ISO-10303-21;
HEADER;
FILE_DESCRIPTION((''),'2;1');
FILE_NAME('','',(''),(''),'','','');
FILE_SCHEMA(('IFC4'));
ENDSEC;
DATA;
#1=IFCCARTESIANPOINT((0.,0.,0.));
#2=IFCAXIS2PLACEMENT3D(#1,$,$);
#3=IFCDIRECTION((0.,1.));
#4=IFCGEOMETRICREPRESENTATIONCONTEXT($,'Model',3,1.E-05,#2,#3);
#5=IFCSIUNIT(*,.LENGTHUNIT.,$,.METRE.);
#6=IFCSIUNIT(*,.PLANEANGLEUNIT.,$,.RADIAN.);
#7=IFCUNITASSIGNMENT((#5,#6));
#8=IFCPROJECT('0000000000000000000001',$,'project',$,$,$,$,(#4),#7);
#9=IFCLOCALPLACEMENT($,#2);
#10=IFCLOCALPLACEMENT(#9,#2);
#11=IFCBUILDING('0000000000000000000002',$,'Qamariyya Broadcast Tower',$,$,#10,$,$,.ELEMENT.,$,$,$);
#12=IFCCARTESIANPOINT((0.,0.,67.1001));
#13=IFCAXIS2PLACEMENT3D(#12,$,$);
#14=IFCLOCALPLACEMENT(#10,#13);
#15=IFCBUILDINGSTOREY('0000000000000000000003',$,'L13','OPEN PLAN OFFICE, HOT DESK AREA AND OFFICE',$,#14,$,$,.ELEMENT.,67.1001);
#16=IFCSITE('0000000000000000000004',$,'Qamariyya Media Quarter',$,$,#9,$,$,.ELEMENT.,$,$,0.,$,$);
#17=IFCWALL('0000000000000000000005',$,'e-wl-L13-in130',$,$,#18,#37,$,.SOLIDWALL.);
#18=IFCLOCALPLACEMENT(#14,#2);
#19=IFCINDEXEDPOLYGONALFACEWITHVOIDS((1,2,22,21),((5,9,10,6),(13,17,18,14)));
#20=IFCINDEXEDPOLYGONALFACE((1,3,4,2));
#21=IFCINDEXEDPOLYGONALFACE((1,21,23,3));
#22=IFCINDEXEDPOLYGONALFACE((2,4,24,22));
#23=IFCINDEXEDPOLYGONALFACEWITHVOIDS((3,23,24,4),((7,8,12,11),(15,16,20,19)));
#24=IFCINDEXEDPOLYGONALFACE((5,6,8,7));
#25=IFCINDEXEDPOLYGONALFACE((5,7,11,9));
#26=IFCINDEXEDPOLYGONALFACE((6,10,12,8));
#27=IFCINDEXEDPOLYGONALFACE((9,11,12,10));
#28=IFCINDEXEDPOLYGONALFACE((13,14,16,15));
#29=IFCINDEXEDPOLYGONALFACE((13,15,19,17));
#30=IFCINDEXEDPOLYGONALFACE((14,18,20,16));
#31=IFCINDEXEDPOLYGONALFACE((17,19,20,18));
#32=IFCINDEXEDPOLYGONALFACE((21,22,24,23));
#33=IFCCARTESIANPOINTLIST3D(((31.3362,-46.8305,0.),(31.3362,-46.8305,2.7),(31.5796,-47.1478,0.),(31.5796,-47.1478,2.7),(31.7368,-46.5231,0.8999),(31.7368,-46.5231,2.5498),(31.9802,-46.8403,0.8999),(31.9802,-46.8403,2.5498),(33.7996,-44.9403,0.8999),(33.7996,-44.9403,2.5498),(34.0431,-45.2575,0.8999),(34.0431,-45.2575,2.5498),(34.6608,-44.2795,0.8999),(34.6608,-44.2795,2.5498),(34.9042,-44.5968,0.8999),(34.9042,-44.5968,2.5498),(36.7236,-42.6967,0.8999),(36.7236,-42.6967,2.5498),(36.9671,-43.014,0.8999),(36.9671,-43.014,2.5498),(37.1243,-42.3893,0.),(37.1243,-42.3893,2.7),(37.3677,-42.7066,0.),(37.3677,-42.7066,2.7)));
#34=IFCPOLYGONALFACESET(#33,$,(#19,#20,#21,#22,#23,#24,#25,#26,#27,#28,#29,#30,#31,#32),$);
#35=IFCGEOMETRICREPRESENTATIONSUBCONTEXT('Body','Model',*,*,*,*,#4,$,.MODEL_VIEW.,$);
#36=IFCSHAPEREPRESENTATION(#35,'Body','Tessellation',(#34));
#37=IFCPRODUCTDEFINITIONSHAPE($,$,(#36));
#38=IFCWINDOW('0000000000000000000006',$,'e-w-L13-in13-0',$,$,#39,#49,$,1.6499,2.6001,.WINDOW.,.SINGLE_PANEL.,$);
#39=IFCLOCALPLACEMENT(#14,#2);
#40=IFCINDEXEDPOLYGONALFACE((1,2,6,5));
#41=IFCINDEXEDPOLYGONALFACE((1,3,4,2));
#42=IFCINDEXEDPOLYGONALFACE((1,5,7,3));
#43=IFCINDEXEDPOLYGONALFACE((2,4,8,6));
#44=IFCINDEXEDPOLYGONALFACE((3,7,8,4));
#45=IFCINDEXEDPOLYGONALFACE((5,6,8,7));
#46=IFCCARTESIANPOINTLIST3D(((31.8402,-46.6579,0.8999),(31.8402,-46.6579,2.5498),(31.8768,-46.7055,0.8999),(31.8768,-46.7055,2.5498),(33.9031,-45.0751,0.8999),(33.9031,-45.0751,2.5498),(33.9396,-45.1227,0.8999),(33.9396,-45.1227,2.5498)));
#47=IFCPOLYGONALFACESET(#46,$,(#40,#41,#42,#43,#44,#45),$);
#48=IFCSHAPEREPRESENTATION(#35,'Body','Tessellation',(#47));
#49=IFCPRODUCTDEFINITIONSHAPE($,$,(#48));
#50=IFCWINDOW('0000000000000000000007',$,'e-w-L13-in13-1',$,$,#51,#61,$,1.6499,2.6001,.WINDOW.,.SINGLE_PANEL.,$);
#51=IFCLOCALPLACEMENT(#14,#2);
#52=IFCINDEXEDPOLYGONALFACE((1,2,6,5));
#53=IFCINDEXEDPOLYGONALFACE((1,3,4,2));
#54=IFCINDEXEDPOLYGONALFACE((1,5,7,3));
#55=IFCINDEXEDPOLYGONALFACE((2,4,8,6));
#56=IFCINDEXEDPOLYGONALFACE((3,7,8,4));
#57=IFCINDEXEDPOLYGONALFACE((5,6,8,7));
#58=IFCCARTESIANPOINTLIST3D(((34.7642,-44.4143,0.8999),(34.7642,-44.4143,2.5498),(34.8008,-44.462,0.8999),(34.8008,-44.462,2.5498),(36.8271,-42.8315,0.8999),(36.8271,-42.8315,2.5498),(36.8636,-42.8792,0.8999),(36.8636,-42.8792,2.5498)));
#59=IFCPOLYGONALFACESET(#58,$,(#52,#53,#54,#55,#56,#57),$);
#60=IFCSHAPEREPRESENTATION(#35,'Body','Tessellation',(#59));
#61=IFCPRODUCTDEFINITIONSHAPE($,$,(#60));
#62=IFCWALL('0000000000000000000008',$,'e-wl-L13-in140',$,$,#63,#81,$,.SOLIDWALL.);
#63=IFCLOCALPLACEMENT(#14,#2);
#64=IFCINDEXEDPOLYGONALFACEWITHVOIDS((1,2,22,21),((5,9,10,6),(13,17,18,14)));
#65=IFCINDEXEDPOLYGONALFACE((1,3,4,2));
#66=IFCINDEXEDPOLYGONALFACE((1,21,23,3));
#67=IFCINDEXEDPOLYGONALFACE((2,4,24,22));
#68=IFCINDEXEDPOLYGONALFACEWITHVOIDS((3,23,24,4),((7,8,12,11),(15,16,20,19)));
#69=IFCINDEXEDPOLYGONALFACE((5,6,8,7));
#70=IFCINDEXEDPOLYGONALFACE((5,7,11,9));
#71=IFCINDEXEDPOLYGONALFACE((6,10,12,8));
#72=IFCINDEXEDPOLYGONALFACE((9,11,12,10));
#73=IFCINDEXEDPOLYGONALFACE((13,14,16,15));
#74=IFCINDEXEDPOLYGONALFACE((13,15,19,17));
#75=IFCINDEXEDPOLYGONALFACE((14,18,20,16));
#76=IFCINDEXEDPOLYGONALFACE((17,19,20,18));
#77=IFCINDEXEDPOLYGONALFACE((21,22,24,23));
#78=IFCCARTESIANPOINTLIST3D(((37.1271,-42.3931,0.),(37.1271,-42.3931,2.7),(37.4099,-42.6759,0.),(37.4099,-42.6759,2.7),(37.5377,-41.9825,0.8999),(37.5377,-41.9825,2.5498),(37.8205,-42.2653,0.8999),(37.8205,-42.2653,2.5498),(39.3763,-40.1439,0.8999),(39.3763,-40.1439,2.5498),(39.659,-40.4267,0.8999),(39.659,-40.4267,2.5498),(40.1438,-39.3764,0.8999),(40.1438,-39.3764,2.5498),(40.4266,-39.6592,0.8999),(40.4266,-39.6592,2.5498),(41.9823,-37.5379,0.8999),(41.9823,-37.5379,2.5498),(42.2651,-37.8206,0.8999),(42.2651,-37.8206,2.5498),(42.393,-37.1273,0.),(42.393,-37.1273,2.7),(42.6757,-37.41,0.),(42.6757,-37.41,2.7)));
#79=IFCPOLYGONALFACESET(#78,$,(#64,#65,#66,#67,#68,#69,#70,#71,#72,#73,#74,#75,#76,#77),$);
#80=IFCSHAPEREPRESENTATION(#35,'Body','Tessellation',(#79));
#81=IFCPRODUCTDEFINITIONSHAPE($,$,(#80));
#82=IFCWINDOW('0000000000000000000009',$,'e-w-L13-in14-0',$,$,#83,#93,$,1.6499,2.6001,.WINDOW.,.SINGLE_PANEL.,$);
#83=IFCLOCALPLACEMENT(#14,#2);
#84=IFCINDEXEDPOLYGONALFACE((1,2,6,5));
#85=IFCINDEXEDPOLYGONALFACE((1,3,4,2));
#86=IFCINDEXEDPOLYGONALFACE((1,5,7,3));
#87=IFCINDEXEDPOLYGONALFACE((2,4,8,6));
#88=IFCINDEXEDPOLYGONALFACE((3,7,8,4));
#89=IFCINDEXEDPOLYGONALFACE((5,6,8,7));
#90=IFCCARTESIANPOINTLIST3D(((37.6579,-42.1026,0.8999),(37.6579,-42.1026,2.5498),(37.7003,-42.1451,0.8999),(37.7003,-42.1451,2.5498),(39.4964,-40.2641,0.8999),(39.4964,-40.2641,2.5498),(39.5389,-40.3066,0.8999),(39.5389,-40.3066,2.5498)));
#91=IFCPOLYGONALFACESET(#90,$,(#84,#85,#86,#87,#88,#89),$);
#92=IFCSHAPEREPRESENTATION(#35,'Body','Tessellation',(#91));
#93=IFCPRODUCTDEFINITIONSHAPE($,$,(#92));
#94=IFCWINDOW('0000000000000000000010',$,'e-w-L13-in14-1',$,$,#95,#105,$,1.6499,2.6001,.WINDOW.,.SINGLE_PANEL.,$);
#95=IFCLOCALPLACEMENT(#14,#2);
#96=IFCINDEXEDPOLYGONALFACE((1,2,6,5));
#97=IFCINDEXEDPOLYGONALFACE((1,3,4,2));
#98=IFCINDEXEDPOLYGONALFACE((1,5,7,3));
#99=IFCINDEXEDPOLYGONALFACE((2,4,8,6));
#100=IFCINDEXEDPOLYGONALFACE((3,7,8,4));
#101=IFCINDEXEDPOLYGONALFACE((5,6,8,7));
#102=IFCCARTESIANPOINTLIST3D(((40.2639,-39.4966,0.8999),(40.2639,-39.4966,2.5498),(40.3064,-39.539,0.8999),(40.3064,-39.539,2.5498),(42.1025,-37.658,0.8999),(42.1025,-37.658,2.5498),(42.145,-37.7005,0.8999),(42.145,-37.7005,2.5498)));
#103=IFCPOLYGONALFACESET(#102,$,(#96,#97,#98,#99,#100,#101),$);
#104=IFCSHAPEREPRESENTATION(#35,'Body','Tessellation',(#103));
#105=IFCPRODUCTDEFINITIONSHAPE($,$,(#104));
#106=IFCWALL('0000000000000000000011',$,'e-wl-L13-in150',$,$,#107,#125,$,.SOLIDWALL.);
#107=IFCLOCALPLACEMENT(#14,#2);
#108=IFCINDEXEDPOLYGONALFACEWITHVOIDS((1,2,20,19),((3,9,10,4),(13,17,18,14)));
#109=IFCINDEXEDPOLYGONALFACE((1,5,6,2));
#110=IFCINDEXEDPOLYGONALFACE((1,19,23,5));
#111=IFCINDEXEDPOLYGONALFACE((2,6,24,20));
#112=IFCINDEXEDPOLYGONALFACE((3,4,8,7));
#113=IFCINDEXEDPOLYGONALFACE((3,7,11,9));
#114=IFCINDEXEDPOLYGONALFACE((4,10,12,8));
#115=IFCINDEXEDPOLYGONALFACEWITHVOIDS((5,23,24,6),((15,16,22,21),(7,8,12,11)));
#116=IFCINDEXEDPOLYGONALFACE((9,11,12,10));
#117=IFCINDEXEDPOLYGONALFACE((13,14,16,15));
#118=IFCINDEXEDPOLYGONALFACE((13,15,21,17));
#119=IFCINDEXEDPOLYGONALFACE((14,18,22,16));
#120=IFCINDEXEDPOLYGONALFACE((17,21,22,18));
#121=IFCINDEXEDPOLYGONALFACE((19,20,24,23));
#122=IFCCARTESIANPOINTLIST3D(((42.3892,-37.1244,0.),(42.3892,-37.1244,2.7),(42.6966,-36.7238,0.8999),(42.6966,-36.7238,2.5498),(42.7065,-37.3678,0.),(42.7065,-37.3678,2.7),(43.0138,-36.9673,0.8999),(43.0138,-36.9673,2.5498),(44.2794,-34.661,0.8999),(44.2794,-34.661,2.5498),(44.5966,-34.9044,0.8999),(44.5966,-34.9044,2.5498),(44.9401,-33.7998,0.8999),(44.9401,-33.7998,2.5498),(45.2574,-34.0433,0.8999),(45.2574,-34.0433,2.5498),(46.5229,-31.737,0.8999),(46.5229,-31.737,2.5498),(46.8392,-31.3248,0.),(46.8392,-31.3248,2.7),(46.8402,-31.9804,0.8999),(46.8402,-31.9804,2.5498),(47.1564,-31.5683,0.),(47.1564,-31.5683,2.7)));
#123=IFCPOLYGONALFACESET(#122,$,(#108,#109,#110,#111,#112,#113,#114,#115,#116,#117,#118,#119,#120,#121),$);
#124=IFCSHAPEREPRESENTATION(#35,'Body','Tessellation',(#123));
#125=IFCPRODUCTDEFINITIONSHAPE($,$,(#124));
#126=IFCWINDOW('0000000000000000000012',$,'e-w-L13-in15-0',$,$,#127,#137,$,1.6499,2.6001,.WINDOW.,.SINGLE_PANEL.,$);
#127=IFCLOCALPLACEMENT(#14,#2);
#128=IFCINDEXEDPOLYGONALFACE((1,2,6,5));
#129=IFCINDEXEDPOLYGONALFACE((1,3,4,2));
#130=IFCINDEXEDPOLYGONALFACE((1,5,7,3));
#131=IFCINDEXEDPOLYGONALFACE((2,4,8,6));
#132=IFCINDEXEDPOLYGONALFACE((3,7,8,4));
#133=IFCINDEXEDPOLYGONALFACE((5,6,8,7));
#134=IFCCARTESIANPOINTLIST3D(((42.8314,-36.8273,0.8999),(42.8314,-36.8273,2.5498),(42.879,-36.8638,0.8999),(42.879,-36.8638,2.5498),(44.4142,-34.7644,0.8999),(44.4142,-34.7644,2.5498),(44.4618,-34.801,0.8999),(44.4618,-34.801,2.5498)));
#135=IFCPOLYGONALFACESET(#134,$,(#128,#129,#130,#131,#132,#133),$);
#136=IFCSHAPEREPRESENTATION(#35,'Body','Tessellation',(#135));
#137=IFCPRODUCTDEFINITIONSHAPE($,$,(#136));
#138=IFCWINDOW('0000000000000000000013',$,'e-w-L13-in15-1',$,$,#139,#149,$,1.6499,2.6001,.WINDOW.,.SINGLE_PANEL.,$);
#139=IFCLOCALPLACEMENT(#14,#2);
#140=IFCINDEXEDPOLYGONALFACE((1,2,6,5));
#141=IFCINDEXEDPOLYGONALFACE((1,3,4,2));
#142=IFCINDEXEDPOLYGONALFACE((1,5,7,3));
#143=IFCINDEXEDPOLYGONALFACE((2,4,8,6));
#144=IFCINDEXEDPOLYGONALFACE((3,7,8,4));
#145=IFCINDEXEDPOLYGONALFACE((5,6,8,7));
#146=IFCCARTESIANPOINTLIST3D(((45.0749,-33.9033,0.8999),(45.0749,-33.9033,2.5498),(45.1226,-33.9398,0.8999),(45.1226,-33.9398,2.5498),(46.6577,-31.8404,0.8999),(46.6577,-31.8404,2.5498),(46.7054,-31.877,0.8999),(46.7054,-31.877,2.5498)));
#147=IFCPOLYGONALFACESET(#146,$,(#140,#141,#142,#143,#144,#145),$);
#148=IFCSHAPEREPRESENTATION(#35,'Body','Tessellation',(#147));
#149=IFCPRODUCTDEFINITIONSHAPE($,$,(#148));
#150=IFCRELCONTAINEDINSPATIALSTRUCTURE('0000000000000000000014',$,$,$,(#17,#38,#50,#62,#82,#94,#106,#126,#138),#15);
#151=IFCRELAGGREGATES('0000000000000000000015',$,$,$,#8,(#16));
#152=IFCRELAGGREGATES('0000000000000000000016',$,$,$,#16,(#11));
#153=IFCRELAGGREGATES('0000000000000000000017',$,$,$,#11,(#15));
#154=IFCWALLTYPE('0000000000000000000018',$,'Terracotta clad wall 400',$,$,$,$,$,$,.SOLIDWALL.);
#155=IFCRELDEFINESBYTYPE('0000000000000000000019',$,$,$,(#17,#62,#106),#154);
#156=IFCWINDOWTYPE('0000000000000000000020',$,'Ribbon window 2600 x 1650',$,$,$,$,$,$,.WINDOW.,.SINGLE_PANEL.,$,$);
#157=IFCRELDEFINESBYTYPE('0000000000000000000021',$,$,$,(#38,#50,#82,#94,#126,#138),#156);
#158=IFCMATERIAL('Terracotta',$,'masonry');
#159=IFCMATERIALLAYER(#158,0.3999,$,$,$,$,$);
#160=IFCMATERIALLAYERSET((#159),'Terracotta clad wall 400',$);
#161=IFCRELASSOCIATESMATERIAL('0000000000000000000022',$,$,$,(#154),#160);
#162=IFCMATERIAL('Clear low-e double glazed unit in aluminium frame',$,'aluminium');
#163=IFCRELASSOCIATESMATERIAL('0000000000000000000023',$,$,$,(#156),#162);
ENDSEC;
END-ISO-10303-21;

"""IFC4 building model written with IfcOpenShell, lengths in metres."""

from ifc_helpers import new_model, si_unit, direction, frame, frame_2d, origin, place, context, subcontext, project, spatial, rectangle, extrude, material, layer, layer_set, type_object, element, fill, save


model = new_model("IFC4")

# Units and contexts
model_context = context("Model", 3, precision=1e-05, world=origin(), true_north=direction((0.0, 1.0)))
body_context = subcontext(model_context, "Body", "Model", "MODEL_VIEW")
ifc_project = project(units=[si_unit("LENGTHUNIT", "METRE"), si_unit("PLANEANGLEUNIT", "RADIAN")], contexts=[model_context])

# Site, building, storey
site_placement = place(None, origin())
site = spatial("IfcSite", under=ifc_project, at=site_placement, Name="Qamariyya Media Quarter", CompositionType="ELEMENT", RefElevation=0.0)
building_placement = place(site_placement, origin())
building = spatial("IfcBuilding", under=site, at=building_placement, Name="Qamariyya Broadcast Tower", CompositionType="ELEMENT")
storey_placement = place(building_placement, frame((0.0, 0.0, 67.1001)))
storey = spatial("IfcBuildingStorey", under=building, at=storey_placement, Name="L13", Description="OPEN PLAN OFFICE, HOT DESK AREA AND OFFICE", CompositionType="ELEMENT", Elevation=67.1001)

# Walls, openings, windows
ifc_material_1 = material(Name="Terracotta", Category="masonry")
ifc_layer_1 = layer(ifc_material_1, 0.3999)
ifc_layer_set_1 = layer_set([ifc_layer_1], Name="Terracotta clad wall 400")
wall_type_1 = type_object("IfcWallType", Name="Terracotta clad wall 400", PredefinedType="SOLIDWALL", material=ifc_layer_set_1)
wall_1_placement = place(storey_placement, frame((37.2461, -42.5479, 0.0), z_axis=(0.0, 0.0, 1.0), x_axis=(-0.793366, -0.608745, 0.0)))
wall_1 = element("IfcWall", 1, at=wall_1_placement, inside=storey, type_object=wall_type_1, Name="e-wl-L13-in130", PredefinedType="SOLIDWALL", context=body_context, shape_type="SweptSolid", body=[
    extrude(rectangle(XDim=7.2957, YDim=0.3999, at=frame_2d((3.6479, 0.0))), origin(), (0.0, 0.0, 1.0), 2.7),
])
opening_1_placement = place(wall_1_placement, frame((4.1907, 0.0, 0.8999)))
opening_1 = element("IfcOpeningElement", 2, at=opening_1_placement, cuts=wall_1, PredefinedType="OPENING", context=body_context, shape_type="SweptSolid", body=[
    extrude(rectangle(XDim=2.6001, YDim=1.6499, at=frame_2d((1.3, 0.825))), frame((0.0, 0.21, 0.0), z_axis=(0.0, -1.0, 0.0), x_axis=(1.0, 0.0, 0.0)), (0.0, 0.0, 1.0), 0.4199),
])
opening_2_placement = place(wall_1_placement, frame((0.5051, 0.0, 0.8999)))
opening_2 = element("IfcOpeningElement", 3, at=opening_2_placement, cuts=wall_1, PredefinedType="OPENING", context=body_context, shape_type="SweptSolid", body=[
    extrude(rectangle(XDim=2.6001, YDim=1.6499, at=frame_2d((1.3, 0.825))), frame((0.0, 0.21, 0.0), z_axis=(0.0, -1.0, 0.0), x_axis=(1.0, 0.0, 0.0)), (0.0, 0.0, 1.0), 0.4199),
])
ifc_material_2 = material(Name="Clear low-e double glazed unit in aluminium frame", Category="aluminium")
window_type = type_object("IfcWindowType", Name="Ribbon window 2600 x 1650", PartitioningType="SINGLE_PANEL", PredefinedType="WINDOW", material=ifc_material_2)
window_1_placement = place(opening_1_placement, origin())
window_1 = element("IfcWindow", 4, at=window_1_placement, inside=storey, type_object=window_type, Name="e-w-L13-in13-0", OverallHeight=1.6499, OverallWidth=2.6001, PartitioningType="SINGLE_PANEL", PredefinedType="WINDOW", context=body_context, shape_type="SweptSolid", body=[
    extrude(rectangle(XDim=2.6001, YDim=1.6499, at=frame_2d((1.3, 0.825))), frame((0.0, 0.03, 0.0), z_axis=(0.0, -1.0, 0.0), x_axis=(1.0, 0.0, 0.0)), (0.0, 0.0, 1.0), 0.0601),
])
fill(opening_1, window_1)
window_2_placement = place(opening_2_placement, origin())
window_2 = element("IfcWindow", 5, at=window_2_placement, inside=storey, type_object=window_type, Name="e-w-L13-in13-1", OverallHeight=1.6499, OverallWidth=2.6001, PartitioningType="SINGLE_PANEL", PredefinedType="WINDOW", context=body_context, shape_type="SweptSolid", body=[
    extrude(rectangle(XDim=2.6001, YDim=1.6499, at=frame_2d((1.3, 0.825))), frame((0.0, 0.03, 0.0), z_axis=(0.0, -1.0, 0.0), x_axis=(1.0, 0.0, 0.0)), (0.0, 0.0, 1.0), 0.0601),
])
fill(opening_2, window_2)
wall_2_placement = place(storey_placement, frame((42.5344, -37.2686, 0.0), z_axis=(0.0, 0.0, 1.0), x_axis=(-0.707107, -0.707107, 0.0)))
wall_2 = element("IfcWall", 6, at=wall_2_placement, inside=storey, type_object=wall_type_1, Name="e-wl-L13-in140", PredefinedType="SOLIDWALL", context=body_context, shape_type="SweptSolid", body=[
    extrude(rectangle(XDim=7.447, YDim=0.3999, at=frame_2d((3.7236, 0.0))), origin(), (0.0, 0.0, 1.0), 2.7),
])
opening_3_placement = place(wall_2_placement, frame((4.2664, 0.0, 0.8999)))
opening_3 = element("IfcOpeningElement", 7, at=opening_3_placement, cuts=wall_2, PredefinedType="OPENING", context=body_context, shape_type="SweptSolid", body=[
    extrude(rectangle(XDim=2.6001, YDim=1.6499, at=frame_2d((1.3, 0.825))), frame((0.0, 0.21, 0.0), z_axis=(0.0, -1.0, 0.0), x_axis=(1.0, 0.0, 0.0)), (0.0, 0.0, 1.0), 0.4199),
])
opening_4_placement = place(wall_2_placement, frame((0.5808, 0.0, 0.8999)))
opening_4 = element("IfcOpeningElement", 8, at=opening_4_placement, cuts=wall_2, PredefinedType="OPENING", context=body_context, shape_type="SweptSolid", body=[
    extrude(rectangle(XDim=2.6001, YDim=1.6499, at=frame_2d((1.3, 0.825))), frame((0.0, 0.21, 0.0), z_axis=(0.0, -1.0, 0.0), x_axis=(1.0, 0.0, 0.0)), (0.0, 0.0, 1.0), 0.4199),
])
window_3_placement = place(opening_3_placement, origin())
window_3 = element("IfcWindow", 9, at=window_3_placement, inside=storey, type_object=window_type, Name="e-w-L13-in14-0", OverallHeight=1.6499, OverallWidth=2.6001, PartitioningType="SINGLE_PANEL", PredefinedType="WINDOW", context=body_context, shape_type="SweptSolid", body=[
    extrude(rectangle(XDim=2.6001, YDim=1.6499, at=frame_2d((1.3, 0.825))), frame((0.0, 0.03, 0.0), z_axis=(0.0, -1.0, 0.0), x_axis=(1.0, 0.0, 0.0)), (0.0, 0.0, 1.0), 0.0601),
])
fill(opening_3, window_3)
window_4_placement = place(opening_4_placement, origin())
window_4 = element("IfcWindow", 10, at=window_4_placement, inside=storey, type_object=window_type, Name="e-w-L13-in14-1", OverallHeight=1.6499, OverallWidth=2.6001, PartitioningType="SINGLE_PANEL", PredefinedType="WINDOW", context=body_context, shape_type="SweptSolid", body=[
    extrude(rectangle(XDim=2.6001, YDim=1.6499, at=frame_2d((1.3, 0.825))), frame((0.0, 0.03, 0.0), z_axis=(0.0, -1.0, 0.0), x_axis=(1.0, 0.0, 0.0)), (0.0, 0.0, 1.0), 0.0601),
])
fill(opening_4, window_4)
wall_3_placement = place(storey_placement, frame((46.9978, -31.4465, 0.0), z_axis=(0.0, 0.0, 1.0), x_axis=(-0.608744, -0.793367, 0.0)))
wall_3 = element("IfcWall", 11, at=wall_3_placement, inside=storey, type_object=wall_type_1, Name="e-wl-L13-in150", PredefinedType="SOLIDWALL", context=body_context, shape_type="SweptSolid", body=[
    extrude(rectangle(XDim=7.3101, YDim=0.3999, at=frame_2d((3.655, 0.0))), origin(), (0.0, 0.0, 1.0), 2.7),
])
opening_5_placement = place(wall_3_placement, frame((4.2051, 0.0, 0.8999)))
opening_5 = element("IfcOpeningElement", 12, at=opening_5_placement, cuts=wall_3, PredefinedType="OPENING", context=body_context, shape_type="SweptSolid", body=[
    extrude(rectangle(XDim=2.6001, YDim=1.6499, at=frame_2d((1.3, 0.825))), frame((0.0, 0.21, 0.0), z_axis=(0.0, -1.0, 0.0), x_axis=(1.0, 0.0, 0.0)), (0.0, 0.0, 1.0), 0.4199),
])
opening_6_placement = place(wall_3_placement, frame((0.5195, 0.0, 0.8999)))
opening_6 = element("IfcOpeningElement", 13, at=opening_6_placement, cuts=wall_3, PredefinedType="OPENING", context=body_context, shape_type="SweptSolid", body=[
    extrude(rectangle(XDim=2.6001, YDim=1.6499, at=frame_2d((1.3, 0.825))), frame((0.0, 0.21, 0.0), z_axis=(0.0, -1.0, 0.0), x_axis=(1.0, 0.0, 0.0)), (0.0, 0.0, 1.0), 0.4199),
])
window_5_placement = place(opening_5_placement, origin())
window_5 = element("IfcWindow", 14, at=window_5_placement, inside=storey, type_object=window_type, Name="e-w-L13-in15-0", OverallHeight=1.6499, OverallWidth=2.6001, PartitioningType="SINGLE_PANEL", PredefinedType="WINDOW", context=body_context, shape_type="SweptSolid", body=[
    extrude(rectangle(XDim=2.6001, YDim=1.6499, at=frame_2d((1.3, 0.825))), frame((0.0, 0.03, 0.0), z_axis=(0.0, -1.0, 0.0), x_axis=(1.0, 0.0, 0.0)), (0.0, 0.0, 1.0), 0.0601),
])
fill(opening_5, window_5)
window_6_placement = place(opening_6_placement, origin())
window_6 = element("IfcWindow", 15, at=window_6_placement, inside=storey, type_object=window_type, Name="e-w-L13-in15-1", OverallHeight=1.6499, OverallWidth=2.6001, PartitioningType="SINGLE_PANEL", PredefinedType="WINDOW", context=body_context, shape_type="SweptSolid", body=[
    extrude(rectangle(XDim=2.6001, YDim=1.6499, at=frame_2d((1.3, 0.825))), frame((0.0, 0.03, 0.0), z_axis=(0.0, -1.0, 0.0), x_axis=(1.0, 0.0, 0.0)), (0.0, 0.0, 1.0), 0.0601),
])
fill(opening_6, window_6)

save(model, "model.ifc")
